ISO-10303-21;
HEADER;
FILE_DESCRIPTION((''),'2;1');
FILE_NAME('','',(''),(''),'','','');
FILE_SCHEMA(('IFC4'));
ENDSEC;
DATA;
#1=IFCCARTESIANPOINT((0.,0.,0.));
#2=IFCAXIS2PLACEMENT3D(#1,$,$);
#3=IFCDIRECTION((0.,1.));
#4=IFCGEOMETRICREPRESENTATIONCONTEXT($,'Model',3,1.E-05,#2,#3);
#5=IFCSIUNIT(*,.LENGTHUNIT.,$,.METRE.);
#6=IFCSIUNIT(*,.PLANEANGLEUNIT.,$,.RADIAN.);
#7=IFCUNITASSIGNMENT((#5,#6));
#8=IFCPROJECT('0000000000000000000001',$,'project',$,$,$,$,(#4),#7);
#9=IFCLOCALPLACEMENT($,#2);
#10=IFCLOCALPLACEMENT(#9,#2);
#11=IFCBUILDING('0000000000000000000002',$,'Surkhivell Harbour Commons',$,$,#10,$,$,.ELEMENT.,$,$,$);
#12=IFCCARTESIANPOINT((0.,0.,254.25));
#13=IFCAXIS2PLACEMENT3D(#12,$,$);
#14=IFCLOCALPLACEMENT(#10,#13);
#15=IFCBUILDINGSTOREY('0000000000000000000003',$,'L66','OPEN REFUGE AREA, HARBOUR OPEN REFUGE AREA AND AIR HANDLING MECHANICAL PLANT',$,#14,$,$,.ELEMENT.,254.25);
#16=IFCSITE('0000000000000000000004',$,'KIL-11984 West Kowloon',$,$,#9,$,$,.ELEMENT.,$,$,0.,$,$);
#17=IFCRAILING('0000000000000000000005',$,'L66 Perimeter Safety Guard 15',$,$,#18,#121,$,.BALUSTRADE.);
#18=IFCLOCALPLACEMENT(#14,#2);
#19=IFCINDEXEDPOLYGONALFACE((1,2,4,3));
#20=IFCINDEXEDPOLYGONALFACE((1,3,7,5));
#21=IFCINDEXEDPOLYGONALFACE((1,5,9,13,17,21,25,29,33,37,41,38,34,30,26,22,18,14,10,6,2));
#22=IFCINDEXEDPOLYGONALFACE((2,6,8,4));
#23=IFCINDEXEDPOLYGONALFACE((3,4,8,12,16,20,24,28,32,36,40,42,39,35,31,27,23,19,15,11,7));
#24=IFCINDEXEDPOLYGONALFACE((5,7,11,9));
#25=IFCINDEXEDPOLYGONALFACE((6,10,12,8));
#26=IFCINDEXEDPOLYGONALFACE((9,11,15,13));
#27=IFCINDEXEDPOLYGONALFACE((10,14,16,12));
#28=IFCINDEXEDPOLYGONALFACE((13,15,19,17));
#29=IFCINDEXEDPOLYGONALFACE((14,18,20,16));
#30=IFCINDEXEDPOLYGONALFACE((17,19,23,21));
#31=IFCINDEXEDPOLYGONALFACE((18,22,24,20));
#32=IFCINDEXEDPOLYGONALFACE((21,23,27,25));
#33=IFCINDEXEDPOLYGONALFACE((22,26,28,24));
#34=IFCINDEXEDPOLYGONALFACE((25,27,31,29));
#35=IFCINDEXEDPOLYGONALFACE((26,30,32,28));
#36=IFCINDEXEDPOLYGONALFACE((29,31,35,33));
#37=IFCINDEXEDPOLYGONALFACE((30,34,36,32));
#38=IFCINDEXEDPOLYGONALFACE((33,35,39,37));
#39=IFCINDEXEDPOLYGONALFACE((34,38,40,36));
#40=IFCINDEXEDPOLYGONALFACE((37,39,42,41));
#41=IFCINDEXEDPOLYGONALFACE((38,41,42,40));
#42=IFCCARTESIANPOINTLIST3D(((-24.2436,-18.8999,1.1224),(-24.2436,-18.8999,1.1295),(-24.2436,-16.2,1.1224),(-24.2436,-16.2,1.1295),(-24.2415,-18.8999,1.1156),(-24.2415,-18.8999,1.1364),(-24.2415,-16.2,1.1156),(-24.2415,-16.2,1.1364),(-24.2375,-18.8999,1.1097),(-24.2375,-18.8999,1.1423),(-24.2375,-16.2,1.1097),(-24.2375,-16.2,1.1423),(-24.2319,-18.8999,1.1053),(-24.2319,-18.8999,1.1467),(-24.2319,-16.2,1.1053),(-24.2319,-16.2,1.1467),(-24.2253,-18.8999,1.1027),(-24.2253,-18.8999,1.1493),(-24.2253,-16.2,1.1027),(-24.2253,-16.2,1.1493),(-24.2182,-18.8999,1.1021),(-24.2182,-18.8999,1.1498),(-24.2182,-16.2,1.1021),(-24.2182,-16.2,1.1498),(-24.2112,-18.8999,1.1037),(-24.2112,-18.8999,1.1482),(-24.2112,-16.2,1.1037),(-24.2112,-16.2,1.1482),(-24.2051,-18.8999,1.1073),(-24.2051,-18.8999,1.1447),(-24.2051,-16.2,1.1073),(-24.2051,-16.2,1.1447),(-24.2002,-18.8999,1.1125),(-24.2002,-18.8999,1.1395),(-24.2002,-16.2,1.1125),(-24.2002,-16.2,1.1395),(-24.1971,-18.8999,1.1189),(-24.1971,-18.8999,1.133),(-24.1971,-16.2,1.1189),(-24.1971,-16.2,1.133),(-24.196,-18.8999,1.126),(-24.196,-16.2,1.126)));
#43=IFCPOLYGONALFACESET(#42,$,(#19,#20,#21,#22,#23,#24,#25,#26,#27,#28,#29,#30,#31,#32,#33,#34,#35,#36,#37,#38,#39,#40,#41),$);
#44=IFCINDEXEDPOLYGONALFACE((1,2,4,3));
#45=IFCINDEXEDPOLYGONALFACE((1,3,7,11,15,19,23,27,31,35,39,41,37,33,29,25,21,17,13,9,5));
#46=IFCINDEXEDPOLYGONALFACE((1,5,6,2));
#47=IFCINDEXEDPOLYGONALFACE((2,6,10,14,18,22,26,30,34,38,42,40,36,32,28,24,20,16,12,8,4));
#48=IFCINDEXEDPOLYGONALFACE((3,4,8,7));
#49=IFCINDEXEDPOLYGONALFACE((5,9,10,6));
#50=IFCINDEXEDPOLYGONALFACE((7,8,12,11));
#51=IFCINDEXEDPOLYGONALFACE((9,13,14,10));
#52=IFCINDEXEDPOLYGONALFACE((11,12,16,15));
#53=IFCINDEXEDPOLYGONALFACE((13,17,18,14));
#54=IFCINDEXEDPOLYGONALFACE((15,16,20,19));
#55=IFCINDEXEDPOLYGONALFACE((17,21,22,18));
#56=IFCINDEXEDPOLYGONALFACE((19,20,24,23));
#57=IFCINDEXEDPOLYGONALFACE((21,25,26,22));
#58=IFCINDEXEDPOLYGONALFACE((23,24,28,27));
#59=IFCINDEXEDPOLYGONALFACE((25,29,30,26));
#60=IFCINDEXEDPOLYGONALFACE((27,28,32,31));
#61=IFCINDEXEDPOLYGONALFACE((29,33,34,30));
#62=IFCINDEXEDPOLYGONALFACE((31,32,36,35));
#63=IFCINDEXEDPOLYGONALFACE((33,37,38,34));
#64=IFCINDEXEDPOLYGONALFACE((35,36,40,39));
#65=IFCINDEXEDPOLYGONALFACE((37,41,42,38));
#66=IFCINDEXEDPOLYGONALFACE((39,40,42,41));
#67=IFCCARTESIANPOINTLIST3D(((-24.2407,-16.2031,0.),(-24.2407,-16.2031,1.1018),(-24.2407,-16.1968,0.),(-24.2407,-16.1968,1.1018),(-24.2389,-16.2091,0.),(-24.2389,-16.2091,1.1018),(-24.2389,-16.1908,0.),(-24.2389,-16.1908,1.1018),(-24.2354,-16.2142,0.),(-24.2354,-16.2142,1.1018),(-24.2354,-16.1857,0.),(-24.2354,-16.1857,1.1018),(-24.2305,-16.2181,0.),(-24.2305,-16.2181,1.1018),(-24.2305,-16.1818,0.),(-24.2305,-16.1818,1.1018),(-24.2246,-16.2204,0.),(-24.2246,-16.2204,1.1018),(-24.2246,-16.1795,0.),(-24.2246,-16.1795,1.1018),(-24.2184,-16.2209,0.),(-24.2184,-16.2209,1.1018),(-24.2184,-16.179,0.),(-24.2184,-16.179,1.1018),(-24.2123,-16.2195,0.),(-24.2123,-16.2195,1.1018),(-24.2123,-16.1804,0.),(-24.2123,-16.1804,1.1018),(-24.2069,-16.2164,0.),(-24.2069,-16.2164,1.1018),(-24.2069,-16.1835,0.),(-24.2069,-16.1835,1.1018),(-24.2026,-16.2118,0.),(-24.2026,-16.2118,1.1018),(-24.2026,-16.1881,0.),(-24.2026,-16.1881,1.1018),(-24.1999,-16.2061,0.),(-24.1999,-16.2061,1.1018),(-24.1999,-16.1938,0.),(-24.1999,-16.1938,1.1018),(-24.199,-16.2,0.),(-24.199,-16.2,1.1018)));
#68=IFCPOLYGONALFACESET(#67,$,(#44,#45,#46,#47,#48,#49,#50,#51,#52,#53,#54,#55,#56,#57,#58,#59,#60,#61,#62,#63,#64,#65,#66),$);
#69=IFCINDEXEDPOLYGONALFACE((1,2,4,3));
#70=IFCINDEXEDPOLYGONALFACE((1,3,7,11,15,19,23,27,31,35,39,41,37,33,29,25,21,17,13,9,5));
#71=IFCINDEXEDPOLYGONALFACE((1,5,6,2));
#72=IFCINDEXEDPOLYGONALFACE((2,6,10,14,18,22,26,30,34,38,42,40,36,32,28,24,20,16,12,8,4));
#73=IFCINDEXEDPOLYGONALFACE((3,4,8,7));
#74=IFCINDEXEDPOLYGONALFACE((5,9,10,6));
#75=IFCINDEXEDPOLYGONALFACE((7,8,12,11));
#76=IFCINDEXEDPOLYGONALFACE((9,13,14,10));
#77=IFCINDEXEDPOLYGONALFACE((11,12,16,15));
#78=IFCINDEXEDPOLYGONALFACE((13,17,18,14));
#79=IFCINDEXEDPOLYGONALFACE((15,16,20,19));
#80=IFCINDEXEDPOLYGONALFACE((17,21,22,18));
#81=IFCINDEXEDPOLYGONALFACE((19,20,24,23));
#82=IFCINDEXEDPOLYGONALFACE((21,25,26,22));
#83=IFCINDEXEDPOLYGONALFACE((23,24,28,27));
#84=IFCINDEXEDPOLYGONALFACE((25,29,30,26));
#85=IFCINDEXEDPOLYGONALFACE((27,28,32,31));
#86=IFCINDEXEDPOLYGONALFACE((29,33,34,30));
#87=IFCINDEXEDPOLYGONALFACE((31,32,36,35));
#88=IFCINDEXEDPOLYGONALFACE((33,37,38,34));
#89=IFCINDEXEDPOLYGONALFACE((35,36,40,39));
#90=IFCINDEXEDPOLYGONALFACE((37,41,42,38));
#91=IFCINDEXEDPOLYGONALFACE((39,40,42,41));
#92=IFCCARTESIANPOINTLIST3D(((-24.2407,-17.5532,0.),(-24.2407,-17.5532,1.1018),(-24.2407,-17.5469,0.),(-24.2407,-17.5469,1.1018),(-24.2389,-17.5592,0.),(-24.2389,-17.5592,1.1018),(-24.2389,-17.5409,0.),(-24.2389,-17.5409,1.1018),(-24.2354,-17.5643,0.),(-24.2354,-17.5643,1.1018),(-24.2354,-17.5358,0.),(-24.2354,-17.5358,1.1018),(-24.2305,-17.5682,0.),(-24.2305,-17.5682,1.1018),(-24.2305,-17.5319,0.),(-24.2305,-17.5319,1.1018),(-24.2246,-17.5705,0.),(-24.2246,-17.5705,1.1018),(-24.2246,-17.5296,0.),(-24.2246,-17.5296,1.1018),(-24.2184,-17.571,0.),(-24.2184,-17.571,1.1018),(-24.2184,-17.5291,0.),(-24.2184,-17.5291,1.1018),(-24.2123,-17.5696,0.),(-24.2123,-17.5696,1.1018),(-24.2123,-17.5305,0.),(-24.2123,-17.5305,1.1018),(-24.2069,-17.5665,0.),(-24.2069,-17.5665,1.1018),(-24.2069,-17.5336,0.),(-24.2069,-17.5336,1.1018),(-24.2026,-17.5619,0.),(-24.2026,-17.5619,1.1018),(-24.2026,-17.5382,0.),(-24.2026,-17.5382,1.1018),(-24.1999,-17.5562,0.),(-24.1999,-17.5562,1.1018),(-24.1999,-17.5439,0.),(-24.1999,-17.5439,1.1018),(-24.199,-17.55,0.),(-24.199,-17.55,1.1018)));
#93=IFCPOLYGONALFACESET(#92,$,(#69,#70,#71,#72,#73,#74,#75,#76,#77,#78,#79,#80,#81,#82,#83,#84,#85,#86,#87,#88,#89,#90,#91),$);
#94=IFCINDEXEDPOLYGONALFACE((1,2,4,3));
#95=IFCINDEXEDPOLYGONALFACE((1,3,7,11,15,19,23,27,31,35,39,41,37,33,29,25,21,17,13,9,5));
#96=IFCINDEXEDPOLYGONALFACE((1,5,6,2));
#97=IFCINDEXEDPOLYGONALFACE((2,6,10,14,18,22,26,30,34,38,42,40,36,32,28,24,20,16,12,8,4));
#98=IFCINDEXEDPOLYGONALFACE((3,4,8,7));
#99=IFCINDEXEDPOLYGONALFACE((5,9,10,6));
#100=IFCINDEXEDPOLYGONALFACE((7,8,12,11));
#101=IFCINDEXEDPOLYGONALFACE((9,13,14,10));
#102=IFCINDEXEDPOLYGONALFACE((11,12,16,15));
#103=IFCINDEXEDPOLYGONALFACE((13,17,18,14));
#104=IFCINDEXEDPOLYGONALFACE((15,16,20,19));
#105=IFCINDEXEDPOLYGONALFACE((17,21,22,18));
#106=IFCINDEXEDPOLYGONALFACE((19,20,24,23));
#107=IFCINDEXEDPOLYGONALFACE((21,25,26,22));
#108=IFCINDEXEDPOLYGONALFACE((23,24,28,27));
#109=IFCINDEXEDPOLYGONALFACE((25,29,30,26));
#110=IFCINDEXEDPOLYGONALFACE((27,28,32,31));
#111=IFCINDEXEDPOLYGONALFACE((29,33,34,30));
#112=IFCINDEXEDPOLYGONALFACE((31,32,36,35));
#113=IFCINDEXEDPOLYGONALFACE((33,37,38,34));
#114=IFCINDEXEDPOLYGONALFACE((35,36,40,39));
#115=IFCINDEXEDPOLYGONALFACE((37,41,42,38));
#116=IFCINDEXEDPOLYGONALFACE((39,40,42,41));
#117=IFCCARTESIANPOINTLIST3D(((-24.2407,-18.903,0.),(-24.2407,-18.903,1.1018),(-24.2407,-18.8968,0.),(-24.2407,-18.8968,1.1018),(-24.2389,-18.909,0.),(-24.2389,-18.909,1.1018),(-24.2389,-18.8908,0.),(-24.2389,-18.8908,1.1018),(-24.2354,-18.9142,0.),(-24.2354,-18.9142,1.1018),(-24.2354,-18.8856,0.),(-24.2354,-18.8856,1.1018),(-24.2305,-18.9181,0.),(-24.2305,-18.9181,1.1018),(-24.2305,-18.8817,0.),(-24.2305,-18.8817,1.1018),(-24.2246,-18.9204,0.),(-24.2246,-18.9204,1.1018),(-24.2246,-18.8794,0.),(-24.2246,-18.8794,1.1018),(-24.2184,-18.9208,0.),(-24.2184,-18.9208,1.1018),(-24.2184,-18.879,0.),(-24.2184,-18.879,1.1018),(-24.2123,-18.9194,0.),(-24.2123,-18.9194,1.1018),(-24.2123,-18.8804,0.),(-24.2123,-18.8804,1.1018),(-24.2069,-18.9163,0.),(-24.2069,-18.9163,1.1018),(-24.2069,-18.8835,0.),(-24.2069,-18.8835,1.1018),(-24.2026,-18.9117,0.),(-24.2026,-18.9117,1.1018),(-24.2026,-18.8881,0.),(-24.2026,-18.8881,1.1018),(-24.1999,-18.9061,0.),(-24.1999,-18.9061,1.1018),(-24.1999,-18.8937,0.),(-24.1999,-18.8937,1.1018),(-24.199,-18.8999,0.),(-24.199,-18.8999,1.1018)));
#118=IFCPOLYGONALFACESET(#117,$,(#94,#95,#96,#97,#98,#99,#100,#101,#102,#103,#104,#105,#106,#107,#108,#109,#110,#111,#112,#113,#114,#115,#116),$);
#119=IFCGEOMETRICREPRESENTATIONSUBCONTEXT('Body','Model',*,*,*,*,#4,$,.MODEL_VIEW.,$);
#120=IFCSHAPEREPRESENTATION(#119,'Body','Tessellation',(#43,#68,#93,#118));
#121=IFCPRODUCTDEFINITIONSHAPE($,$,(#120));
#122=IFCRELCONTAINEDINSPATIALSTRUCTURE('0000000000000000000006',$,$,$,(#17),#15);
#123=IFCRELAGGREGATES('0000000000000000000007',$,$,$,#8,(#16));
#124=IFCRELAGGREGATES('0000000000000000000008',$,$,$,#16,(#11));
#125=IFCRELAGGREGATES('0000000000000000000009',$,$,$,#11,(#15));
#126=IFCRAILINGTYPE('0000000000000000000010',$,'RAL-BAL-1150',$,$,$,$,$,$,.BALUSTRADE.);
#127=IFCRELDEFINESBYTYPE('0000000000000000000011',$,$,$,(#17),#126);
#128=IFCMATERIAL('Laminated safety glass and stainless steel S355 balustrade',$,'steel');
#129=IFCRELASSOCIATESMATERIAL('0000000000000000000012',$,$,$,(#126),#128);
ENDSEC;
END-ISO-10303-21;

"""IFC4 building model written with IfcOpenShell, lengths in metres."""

from ifc_helpers import new_model, si_unit, direction, frame, origin, origin_2d, place, context, subcontext, project, spatial, circle, extrude, material, type_object, element, save


model = new_model("IFC4")

# Units and contexts
model_context = context("Model", 3, precision=1e-05, world=origin(), true_north=direction((0.0, 1.0)))
body_context = subcontext(model_context, "Body", "Model", "MODEL_VIEW")
ifc_project = project(units=[si_unit("LENGTHUNIT", "METRE"), si_unit("PLANEANGLEUNIT", "RADIAN")], contexts=[model_context])

# Site, building, storey
site_placement = place(None, origin())
site = spatial("IfcSite", under=ifc_project, at=site_placement, Name="KIL-11984 West Kowloon", CompositionType="ELEMENT", RefElevation=0.0)
building_placement = place(site_placement, origin())
building = spatial("IfcBuilding", under=site, at=building_placement, Name="Surkhivell Harbour Commons", CompositionType="ELEMENT")
storey_placement = place(building_placement, frame((0.0, 0.0, 254.25)))
storey = spatial("IfcBuildingStorey", under=building, at=storey_placement, Name="L66", Description="OPEN REFUGE AREA, HARBOUR OPEN REFUGE AREA AND AIR HANDLING MECHANICAL PLANT", CompositionType="ELEMENT", Elevation=254.25)

# Railing
ifc_material_1 = material(Name="Laminated safety glass and stainless steel S355 balustrade", Category="steel")
railing_type = type_object("IfcRailingType", Name="RAL-BAL-1150", PredefinedType="BALUSTRADE", material=ifc_material_1)
railing_1_placement = place(storey_placement, frame((-24.22, -16.2, 0.0)))
element("IfcRailing", 1, at=railing_1_placement, inside=storey, type_object=railing_type, Name="L66 Perimeter Safety Guard 15", PredefinedType="BALUSTRADE", context=body_context, shape_type="SweptSolid", body=[
    extrude(circle(Radius=0.0239, at=origin_2d()), frame((0.0, 0.0, 1.126), z_axis=(0.0, -1.0, 0.0), x_axis=(1.0, 0.0, 0.0)), (0.0, 0.0, 1.0), 2.7),
    extrude(circle(Radius=0.021, at=origin_2d()), origin(), (0.0, 0.0, 1.0), 1.1018),
    extrude(circle(Radius=0.021, at=origin_2d()), frame((0.0, -1.3501, 0.0)), (0.0, 0.0, 1.0), 1.1018),
    extrude(circle(Radius=0.021, at=origin_2d()), frame((0.0, -2.7, 0.0)), (0.0, 0.0, 1.0), 1.1018),
])

save(model, "model.ifc")
